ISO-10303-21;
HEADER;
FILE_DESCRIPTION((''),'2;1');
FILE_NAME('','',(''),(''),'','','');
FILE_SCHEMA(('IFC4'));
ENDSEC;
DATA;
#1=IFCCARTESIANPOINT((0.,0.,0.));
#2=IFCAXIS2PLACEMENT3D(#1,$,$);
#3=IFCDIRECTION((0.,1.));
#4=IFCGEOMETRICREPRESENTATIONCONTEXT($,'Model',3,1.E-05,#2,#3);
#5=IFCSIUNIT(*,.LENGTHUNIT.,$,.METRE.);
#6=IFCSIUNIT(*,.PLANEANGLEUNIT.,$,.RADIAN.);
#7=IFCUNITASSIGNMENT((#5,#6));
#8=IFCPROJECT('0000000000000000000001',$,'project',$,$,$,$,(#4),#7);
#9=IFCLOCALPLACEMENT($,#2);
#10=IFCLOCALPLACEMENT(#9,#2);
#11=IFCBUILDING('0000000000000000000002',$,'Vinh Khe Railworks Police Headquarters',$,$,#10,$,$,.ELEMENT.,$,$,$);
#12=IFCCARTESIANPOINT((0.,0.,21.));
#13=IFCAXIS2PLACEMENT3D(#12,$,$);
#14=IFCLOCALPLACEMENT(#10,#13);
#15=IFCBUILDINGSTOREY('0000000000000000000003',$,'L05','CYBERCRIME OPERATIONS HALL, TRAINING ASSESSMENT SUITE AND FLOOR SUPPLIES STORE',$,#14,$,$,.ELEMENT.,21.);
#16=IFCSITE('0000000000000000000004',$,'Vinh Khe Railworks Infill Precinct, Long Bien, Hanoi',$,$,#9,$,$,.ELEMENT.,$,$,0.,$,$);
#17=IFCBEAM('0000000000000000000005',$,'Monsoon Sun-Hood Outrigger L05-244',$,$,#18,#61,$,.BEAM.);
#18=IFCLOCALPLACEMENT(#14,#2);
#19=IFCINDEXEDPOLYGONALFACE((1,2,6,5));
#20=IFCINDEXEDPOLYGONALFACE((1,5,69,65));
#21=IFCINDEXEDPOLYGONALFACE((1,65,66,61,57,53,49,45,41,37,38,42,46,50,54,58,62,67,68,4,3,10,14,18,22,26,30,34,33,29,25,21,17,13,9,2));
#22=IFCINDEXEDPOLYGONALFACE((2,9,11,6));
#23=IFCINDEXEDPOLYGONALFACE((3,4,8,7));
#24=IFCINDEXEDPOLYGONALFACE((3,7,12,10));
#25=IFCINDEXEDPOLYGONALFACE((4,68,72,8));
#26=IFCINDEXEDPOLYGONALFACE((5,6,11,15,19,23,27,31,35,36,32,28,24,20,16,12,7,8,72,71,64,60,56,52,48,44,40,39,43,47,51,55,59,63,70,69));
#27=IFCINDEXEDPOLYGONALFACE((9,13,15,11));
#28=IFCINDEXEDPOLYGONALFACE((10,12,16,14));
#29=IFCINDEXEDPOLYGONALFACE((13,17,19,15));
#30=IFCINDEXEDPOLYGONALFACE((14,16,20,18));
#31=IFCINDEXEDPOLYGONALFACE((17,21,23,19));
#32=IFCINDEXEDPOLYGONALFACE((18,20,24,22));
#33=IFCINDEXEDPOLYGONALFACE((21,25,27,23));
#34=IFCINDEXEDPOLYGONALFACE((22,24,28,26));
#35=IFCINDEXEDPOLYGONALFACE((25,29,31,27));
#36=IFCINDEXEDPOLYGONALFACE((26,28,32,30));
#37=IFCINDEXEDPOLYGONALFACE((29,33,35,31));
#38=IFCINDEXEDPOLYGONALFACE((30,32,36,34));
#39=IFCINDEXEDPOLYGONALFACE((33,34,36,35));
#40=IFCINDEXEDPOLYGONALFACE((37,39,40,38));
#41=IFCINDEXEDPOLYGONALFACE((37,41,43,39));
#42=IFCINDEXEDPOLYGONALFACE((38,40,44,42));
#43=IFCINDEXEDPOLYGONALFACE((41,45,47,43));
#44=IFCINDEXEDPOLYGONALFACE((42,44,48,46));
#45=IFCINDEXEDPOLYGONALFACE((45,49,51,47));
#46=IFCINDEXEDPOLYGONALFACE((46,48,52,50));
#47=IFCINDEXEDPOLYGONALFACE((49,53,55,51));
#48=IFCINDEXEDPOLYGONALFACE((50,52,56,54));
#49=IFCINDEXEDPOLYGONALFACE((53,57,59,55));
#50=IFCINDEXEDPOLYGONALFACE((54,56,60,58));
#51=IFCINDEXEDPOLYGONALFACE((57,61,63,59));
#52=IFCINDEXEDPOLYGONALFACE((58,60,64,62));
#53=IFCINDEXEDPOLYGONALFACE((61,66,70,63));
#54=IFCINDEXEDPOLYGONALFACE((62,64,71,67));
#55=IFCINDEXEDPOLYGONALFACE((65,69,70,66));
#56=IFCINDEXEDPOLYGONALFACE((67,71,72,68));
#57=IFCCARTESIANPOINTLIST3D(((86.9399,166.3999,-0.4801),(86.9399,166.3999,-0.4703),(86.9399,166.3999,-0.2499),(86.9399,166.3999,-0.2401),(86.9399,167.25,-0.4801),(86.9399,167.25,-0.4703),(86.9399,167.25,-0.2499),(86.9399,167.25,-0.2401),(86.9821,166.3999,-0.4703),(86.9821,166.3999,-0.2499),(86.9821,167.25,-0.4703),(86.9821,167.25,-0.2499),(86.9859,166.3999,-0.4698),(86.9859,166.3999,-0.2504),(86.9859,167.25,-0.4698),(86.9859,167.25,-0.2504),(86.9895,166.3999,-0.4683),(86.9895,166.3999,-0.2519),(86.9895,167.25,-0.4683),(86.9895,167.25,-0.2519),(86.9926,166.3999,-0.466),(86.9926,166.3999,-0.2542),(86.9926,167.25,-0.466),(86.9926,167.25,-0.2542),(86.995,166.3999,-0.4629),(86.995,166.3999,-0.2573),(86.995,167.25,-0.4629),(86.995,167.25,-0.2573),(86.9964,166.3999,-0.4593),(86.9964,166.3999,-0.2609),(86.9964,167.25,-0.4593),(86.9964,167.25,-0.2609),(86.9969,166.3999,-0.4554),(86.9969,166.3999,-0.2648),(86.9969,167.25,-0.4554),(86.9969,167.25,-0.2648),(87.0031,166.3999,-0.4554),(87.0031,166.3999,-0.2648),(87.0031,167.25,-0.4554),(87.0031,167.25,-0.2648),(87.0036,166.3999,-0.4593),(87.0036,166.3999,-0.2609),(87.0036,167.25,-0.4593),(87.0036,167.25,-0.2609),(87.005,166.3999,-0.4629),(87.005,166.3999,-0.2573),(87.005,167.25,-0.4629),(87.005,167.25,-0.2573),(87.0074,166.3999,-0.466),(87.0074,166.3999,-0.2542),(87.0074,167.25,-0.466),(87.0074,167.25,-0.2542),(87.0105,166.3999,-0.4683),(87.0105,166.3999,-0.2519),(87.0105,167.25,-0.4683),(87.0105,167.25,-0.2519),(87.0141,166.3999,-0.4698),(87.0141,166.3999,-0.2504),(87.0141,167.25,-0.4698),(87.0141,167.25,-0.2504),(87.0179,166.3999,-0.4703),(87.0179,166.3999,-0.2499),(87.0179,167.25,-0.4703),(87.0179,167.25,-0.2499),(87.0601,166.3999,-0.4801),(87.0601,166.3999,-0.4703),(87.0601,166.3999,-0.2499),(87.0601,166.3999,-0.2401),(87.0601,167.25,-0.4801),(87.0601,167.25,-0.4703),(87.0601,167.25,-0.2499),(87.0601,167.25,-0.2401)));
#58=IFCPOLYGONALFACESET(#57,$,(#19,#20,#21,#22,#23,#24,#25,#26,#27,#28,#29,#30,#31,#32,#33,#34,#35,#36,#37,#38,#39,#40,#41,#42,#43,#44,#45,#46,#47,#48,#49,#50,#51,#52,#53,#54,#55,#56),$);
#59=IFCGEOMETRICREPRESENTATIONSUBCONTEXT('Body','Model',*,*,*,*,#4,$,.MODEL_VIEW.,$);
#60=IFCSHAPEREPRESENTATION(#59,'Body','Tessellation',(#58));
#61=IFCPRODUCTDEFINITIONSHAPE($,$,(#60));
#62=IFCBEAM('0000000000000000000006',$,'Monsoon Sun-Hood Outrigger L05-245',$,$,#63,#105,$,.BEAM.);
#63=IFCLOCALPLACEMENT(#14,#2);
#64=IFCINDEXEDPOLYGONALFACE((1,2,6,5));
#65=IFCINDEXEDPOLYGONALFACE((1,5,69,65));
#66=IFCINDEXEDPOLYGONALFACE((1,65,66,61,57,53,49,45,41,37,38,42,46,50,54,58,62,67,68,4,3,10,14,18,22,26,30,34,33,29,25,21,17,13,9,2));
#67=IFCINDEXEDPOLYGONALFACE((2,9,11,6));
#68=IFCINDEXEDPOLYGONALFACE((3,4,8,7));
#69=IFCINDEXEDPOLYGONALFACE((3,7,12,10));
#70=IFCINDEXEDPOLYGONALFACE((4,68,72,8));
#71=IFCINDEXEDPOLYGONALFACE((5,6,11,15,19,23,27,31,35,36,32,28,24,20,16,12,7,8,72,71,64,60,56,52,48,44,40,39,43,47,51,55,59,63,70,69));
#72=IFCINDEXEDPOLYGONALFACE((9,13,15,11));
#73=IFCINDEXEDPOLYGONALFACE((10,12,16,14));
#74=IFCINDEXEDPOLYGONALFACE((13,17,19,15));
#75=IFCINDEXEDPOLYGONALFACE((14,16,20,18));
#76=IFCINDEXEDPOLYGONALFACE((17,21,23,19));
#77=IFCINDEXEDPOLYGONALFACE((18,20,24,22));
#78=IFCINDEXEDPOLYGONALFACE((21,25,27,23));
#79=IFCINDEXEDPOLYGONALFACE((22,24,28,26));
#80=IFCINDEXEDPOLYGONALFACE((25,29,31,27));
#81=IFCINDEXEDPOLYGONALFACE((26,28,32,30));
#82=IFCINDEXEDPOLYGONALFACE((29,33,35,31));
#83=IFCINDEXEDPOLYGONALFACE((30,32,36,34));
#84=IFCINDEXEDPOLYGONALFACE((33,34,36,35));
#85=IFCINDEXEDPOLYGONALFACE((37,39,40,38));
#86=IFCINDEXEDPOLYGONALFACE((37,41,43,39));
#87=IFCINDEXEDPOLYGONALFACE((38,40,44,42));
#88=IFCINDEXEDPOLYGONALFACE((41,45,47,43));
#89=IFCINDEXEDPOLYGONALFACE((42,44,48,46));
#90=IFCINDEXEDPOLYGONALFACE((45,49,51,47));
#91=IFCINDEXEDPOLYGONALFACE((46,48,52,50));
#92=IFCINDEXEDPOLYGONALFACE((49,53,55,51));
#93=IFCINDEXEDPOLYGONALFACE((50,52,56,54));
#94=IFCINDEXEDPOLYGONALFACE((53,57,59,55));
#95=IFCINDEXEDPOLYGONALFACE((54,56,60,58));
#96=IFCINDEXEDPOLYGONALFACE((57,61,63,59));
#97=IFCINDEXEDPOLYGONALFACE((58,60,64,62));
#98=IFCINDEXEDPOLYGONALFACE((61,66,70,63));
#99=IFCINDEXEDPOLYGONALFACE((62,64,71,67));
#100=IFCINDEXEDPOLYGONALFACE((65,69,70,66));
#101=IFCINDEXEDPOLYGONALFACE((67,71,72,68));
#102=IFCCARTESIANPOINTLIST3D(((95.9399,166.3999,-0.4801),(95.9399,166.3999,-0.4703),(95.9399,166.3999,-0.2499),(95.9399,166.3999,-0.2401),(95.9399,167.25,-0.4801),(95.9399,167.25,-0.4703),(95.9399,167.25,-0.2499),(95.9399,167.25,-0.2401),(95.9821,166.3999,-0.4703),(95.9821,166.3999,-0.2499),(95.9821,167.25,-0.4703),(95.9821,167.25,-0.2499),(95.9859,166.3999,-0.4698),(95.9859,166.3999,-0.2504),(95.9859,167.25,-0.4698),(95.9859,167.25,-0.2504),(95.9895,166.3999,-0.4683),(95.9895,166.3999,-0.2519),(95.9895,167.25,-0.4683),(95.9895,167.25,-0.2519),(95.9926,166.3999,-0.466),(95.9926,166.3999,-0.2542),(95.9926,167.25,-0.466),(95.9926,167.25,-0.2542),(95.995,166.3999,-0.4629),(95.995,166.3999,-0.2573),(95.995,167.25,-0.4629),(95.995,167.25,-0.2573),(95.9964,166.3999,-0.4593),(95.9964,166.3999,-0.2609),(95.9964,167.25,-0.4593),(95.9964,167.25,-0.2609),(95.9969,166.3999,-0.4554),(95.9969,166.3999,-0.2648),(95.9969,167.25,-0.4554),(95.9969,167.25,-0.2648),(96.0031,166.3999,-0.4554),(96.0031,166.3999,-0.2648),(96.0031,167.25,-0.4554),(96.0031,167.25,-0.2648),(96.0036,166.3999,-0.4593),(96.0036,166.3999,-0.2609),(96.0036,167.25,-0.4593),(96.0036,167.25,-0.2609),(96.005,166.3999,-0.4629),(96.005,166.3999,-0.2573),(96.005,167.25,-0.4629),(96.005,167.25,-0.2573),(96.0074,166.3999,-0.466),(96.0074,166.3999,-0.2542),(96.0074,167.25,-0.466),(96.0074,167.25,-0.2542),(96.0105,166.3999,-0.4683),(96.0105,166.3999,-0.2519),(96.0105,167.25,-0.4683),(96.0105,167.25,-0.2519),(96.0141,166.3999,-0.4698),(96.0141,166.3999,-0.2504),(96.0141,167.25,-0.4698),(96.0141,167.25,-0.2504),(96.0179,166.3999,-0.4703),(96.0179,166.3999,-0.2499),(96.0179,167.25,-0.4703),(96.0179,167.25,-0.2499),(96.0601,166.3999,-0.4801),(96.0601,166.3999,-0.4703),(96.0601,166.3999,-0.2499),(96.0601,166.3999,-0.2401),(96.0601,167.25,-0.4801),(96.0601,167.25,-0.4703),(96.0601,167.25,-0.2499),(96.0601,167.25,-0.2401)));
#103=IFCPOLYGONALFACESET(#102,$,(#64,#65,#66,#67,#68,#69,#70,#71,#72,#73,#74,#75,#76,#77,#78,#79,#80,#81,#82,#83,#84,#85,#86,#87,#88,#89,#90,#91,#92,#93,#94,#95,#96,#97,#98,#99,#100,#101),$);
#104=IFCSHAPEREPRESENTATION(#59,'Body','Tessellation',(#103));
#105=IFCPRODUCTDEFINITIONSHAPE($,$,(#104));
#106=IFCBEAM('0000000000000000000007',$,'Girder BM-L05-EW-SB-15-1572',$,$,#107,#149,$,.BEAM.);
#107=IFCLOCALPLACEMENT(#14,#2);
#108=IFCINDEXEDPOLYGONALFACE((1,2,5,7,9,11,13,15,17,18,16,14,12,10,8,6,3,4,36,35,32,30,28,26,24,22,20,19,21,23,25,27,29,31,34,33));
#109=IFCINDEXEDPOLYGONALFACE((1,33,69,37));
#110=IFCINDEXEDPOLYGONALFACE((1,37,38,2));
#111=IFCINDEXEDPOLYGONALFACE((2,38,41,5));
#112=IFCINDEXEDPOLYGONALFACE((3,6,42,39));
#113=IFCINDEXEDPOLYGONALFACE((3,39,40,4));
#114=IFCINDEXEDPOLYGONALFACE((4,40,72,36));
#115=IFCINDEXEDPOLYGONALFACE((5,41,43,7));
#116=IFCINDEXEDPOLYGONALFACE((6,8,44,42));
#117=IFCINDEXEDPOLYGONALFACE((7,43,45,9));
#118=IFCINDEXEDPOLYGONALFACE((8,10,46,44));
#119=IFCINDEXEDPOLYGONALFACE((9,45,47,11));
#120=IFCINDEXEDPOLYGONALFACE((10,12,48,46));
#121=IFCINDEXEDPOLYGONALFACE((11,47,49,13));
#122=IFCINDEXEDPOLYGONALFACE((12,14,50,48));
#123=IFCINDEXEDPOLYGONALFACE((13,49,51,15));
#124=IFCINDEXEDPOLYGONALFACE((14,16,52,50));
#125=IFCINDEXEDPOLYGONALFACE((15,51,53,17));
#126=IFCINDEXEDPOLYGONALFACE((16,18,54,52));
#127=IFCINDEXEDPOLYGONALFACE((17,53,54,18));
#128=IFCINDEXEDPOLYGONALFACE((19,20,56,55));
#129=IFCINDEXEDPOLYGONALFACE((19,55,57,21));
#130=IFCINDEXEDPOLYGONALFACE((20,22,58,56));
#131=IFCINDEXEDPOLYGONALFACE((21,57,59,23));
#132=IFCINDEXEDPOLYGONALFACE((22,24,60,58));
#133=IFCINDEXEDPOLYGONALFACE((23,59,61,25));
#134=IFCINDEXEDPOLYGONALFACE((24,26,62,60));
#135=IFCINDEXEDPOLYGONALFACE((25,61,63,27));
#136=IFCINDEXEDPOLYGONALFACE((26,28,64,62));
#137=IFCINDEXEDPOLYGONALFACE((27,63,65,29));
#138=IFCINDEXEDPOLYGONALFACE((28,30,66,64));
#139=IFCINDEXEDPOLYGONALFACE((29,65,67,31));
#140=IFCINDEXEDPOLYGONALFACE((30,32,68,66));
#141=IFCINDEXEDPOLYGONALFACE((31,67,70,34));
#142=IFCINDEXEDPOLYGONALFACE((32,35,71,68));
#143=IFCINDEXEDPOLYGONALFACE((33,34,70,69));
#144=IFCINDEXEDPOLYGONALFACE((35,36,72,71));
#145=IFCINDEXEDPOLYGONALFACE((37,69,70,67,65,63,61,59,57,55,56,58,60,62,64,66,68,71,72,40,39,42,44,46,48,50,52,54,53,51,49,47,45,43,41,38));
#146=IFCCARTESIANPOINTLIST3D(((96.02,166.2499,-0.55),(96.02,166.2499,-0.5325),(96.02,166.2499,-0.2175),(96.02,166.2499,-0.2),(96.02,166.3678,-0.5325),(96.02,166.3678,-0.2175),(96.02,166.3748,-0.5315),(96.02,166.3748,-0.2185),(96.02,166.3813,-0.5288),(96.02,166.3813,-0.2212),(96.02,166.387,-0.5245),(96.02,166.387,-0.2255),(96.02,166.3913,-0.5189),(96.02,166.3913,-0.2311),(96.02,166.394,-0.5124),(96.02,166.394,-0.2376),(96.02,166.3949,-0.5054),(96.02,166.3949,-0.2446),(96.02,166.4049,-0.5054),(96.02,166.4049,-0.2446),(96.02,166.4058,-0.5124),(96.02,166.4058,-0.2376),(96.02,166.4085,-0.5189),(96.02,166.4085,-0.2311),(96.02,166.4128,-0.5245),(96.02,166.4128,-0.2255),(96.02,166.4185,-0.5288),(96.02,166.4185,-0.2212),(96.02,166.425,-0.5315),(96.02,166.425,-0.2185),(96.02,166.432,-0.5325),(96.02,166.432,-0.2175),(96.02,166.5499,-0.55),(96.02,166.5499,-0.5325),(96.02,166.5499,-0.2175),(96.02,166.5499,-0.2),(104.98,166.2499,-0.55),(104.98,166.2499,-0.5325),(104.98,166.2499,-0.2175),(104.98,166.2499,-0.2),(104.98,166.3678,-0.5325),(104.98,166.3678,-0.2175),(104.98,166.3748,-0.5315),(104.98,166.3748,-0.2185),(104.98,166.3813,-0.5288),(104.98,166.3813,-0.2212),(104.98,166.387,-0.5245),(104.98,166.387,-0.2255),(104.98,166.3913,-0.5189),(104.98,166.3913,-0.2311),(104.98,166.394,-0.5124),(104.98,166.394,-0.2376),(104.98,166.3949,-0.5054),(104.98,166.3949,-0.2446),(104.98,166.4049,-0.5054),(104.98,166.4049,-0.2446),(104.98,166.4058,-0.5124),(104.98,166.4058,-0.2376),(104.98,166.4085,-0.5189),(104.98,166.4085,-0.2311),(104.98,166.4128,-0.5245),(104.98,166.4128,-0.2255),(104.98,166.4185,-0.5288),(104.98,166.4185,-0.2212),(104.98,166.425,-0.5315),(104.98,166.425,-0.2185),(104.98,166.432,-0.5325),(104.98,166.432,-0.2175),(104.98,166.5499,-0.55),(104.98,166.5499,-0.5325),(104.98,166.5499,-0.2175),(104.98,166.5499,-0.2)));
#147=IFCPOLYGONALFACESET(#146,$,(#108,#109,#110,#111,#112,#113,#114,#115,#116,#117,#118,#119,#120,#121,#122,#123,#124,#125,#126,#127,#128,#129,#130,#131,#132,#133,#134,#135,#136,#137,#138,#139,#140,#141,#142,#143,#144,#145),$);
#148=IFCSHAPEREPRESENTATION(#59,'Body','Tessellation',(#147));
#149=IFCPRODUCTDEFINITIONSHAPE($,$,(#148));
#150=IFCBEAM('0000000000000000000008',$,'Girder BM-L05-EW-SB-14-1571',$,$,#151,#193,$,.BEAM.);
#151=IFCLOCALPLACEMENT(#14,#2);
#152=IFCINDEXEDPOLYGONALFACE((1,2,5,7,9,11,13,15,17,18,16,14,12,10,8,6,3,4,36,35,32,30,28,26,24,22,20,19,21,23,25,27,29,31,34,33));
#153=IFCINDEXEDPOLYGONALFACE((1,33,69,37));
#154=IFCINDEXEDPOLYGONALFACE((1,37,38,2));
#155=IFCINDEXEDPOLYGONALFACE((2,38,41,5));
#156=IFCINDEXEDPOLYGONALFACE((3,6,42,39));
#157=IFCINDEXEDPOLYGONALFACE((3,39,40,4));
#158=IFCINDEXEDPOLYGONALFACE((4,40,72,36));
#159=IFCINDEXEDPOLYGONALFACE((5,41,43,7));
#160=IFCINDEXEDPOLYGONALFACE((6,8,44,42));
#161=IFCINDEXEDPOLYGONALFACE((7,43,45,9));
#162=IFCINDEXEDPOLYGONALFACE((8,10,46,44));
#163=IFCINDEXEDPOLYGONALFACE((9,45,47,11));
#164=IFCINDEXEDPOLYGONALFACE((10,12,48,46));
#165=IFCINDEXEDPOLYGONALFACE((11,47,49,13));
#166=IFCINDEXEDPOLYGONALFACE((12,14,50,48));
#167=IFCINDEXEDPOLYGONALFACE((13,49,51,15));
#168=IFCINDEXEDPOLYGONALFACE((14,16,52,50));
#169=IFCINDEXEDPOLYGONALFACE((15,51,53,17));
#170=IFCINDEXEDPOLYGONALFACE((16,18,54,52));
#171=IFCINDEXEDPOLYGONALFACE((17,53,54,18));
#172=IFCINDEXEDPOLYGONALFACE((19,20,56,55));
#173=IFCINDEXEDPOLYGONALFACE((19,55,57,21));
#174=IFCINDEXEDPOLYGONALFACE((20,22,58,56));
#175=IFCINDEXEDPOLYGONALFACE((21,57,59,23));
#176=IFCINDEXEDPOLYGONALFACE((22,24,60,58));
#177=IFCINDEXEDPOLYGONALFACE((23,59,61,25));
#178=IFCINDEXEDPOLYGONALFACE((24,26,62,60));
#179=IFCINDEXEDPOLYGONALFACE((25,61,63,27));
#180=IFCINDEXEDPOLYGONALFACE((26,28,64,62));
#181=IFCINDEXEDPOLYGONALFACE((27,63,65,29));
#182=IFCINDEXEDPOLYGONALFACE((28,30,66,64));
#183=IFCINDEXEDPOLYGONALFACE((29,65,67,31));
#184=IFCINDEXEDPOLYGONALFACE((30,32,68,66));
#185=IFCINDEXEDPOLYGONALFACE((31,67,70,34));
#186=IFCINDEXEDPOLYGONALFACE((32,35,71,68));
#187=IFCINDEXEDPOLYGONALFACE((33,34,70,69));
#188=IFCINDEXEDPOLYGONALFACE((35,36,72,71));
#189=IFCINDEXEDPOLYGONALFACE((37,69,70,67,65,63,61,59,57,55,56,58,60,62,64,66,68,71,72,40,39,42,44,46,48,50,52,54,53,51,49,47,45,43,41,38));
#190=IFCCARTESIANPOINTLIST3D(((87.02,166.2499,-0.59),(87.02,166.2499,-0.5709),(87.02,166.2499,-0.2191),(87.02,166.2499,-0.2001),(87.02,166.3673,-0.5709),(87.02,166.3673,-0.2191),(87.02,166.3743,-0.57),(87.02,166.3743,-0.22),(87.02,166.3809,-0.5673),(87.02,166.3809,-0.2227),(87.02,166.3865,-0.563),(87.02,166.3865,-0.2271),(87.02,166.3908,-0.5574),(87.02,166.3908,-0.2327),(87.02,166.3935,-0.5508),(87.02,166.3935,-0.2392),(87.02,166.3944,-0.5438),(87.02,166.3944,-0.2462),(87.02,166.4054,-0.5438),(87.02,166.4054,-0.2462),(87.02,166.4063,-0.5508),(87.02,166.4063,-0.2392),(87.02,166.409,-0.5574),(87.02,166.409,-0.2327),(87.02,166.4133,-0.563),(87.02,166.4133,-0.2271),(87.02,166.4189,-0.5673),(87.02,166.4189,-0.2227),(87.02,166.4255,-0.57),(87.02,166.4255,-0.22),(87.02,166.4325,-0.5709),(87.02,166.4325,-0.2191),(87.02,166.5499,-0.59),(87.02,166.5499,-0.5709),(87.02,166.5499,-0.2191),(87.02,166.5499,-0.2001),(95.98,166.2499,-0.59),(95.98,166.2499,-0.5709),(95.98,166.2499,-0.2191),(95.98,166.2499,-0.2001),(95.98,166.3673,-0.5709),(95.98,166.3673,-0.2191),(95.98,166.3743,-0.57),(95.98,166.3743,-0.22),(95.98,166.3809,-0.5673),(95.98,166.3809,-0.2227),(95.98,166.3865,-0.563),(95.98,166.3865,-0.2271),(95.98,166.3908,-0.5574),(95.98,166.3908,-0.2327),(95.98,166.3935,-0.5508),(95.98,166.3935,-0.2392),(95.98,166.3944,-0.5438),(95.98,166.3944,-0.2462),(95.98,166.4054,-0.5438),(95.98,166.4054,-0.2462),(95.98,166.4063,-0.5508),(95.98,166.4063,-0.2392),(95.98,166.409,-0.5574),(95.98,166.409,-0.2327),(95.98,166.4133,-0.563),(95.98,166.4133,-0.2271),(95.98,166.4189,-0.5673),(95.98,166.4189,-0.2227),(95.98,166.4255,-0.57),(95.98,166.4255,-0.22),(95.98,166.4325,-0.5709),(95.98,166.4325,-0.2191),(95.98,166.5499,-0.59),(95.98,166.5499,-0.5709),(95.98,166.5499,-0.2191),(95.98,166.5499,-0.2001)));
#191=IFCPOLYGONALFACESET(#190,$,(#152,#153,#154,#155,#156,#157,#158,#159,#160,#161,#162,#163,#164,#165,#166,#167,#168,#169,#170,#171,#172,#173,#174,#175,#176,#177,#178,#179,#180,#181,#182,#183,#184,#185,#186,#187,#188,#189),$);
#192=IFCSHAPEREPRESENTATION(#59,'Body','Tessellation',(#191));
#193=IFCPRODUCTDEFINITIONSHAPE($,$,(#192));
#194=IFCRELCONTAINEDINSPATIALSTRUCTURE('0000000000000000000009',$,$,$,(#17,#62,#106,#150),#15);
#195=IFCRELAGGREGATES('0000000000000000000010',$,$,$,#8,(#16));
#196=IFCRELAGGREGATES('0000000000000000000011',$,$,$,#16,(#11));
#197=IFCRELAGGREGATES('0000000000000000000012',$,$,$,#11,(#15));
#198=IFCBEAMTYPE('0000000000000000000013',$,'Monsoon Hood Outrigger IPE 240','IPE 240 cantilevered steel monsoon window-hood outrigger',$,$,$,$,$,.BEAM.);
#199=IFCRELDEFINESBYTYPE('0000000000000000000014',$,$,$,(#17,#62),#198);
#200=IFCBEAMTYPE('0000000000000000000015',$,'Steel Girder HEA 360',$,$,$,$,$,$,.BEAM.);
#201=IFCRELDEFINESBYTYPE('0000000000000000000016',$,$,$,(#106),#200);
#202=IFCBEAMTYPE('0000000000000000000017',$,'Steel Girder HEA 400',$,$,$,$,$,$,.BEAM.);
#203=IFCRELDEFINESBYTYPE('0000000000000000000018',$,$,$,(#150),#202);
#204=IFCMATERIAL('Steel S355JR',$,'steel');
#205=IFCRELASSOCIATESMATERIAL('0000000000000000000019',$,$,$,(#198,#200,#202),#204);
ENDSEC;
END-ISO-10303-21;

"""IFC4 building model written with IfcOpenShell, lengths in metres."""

from ifc_helpers import new_model, si_unit, direction, frame, origin, origin_2d, place, context, subcontext, project, spatial, i_section, extrude, material, material_profile, profile_set, type_object, element, save


model = new_model("IFC4")

# Units and contexts
model_context = context("Model", 3, precision=1e-05, world=origin(), true_north=direction((0.0, 1.0)))
body_context = subcontext(model_context, "Body", "Model", "MODEL_VIEW")
ifc_project = project(units=[si_unit("LENGTHUNIT", "METRE"), si_unit("PLANEANGLEUNIT", "RADIAN")], contexts=[model_context])

# Site, building, storey
site_placement = place(None, origin())
site = spatial("IfcSite", under=ifc_project, at=site_placement, Name="Vinh Khe Railworks Infill Precinct, Long Bien, Hanoi", CompositionType="ELEMENT", RefElevation=0.0)
building_placement = place(site_placement, origin())
building = spatial("IfcBuilding", under=site, at=building_placement, Name="Vinh Khe Railworks Police Headquarters", CompositionType="ELEMENT")
storey_placement = place(building_placement, frame((0.0, 0.0, 21.0)))
storey = spatial("IfcBuildingStorey", under=building, at=storey_placement, Name="L05", Description="CYBERCRIME OPERATIONS HALL, TRAINING ASSESSMENT SUITE AND FLOOR SUPPLIES STORE", CompositionType="ELEMENT", Elevation=21.0)

# Shared definitions
ifc_material_1 = material(Name="Steel S355JR", Category="steel")

# Beams
ifc_material_profile_1 = material_profile(ifc_material_1, i_section(OverallWidth=0.1201, OverallDepth=0.24, WebThickness=0.0061, FlangeThickness=0.0098, FilletRadius=0.0149, at=origin_2d()), Name="IPE 240")
ifc_profile_set_1 = profile_set([ifc_material_profile_1], Name="Steel S355JR")
beam_type_1 = type_object("IfcBeamType", Name="Monsoon Hood Outrigger IPE 240", Description="IPE 240 cantilevered steel monsoon window-hood outrigger", PredefinedType="BEAM", material=ifc_profile_set_1)
for number, where, z_axis, x_axis, name in (
    (1, (87.0, 166.3999, -0.3601), (0.0, 1.0, 0.0), (-1.0, 0.0, 0.0), "Monsoon Sun-Hood Outrigger L05-244"),
    (2, (96.0, 166.3999, -0.3601), (0.0, 1.0, 0.0), (-1.0, 0.0, 0.0), "Monsoon Sun-Hood Outrigger L05-245"),
):
    element("IfcBeam", number, at=place(storey_placement, frame(where, z_axis=z_axis, x_axis=x_axis)), inside=storey, type_object=beam_type_1, Name=name, PredefinedType="BEAM", context=body_context, shape_type="SweptSolid", body=[
        extrude(i_section(OverallWidth=0.1201, OverallDepth=0.24, WebThickness=0.0061, FlangeThickness=0.0098, FilletRadius=0.0149, at=origin_2d()), origin(), (0.0, 0.0, 1.0), 0.8501),
    ])
ifc_material_profile_2 = material_profile(ifc_material_1, i_section(OverallWidth=0.3, OverallDepth=0.3501, WebThickness=0.01, FlangeThickness=0.0176, FilletRadius=0.0271, at=origin_2d()), Name="HEA 360")
ifc_profile_set_2 = profile_set([ifc_material_profile_2], Name="Steel S355JR")
beam_type_2 = type_object("IfcBeamType", Name="Steel Girder HEA 360", PredefinedType="BEAM", material=ifc_profile_set_2)
beam_1_placement = place(storey_placement, frame((96.02, 166.3999, -0.375), z_axis=(1.0, 0.0, 0.0), x_axis=(0.0, 1.0, 0.0)))
element("IfcBeam", 3, at=beam_1_placement, inside=storey, type_object=beam_type_2, Name="Girder BM-L05-EW-SB-15-1572", PredefinedType="BEAM", context=body_context, shape_type="SweptSolid", body=[
    extrude(i_section(OverallWidth=0.3, OverallDepth=0.3501, WebThickness=0.01, FlangeThickness=0.0176, FilletRadius=0.0271, at=origin_2d()), origin(), (0.0, 0.0, 1.0), 8.96),
])
ifc_material_profile_3 = material_profile(ifc_material_1, i_section(OverallWidth=0.3, OverallDepth=0.3899, WebThickness=0.011, FlangeThickness=0.019, FilletRadius=0.0271, at=origin_2d()), Name="HEA 400")
ifc_profile_set_3 = profile_set([ifc_material_profile_3], Name="Steel S355JR")
beam_type_3 = type_object("IfcBeamType", Name="Steel Girder HEA 400", PredefinedType="BEAM", material=ifc_profile_set_3)
beam_2_placement = place(storey_placement, frame((87.02, 166.3999, -0.395), z_axis=(1.0, 0.0, 0.0), x_axis=(0.0, 1.0, 0.0)))
element("IfcBeam", 4, at=beam_2_placement, inside=storey, type_object=beam_type_3, Name="Girder BM-L05-EW-SB-14-1571", PredefinedType="BEAM", context=body_context, shape_type="SweptSolid", body=[
    extrude(i_section(OverallWidth=0.3, OverallDepth=0.3899, WebThickness=0.011, FlangeThickness=0.019, FilletRadius=0.0271, at=origin_2d()), origin(), (0.0, 0.0, 1.0), 8.96),
])

save(model, "model.ifc")
